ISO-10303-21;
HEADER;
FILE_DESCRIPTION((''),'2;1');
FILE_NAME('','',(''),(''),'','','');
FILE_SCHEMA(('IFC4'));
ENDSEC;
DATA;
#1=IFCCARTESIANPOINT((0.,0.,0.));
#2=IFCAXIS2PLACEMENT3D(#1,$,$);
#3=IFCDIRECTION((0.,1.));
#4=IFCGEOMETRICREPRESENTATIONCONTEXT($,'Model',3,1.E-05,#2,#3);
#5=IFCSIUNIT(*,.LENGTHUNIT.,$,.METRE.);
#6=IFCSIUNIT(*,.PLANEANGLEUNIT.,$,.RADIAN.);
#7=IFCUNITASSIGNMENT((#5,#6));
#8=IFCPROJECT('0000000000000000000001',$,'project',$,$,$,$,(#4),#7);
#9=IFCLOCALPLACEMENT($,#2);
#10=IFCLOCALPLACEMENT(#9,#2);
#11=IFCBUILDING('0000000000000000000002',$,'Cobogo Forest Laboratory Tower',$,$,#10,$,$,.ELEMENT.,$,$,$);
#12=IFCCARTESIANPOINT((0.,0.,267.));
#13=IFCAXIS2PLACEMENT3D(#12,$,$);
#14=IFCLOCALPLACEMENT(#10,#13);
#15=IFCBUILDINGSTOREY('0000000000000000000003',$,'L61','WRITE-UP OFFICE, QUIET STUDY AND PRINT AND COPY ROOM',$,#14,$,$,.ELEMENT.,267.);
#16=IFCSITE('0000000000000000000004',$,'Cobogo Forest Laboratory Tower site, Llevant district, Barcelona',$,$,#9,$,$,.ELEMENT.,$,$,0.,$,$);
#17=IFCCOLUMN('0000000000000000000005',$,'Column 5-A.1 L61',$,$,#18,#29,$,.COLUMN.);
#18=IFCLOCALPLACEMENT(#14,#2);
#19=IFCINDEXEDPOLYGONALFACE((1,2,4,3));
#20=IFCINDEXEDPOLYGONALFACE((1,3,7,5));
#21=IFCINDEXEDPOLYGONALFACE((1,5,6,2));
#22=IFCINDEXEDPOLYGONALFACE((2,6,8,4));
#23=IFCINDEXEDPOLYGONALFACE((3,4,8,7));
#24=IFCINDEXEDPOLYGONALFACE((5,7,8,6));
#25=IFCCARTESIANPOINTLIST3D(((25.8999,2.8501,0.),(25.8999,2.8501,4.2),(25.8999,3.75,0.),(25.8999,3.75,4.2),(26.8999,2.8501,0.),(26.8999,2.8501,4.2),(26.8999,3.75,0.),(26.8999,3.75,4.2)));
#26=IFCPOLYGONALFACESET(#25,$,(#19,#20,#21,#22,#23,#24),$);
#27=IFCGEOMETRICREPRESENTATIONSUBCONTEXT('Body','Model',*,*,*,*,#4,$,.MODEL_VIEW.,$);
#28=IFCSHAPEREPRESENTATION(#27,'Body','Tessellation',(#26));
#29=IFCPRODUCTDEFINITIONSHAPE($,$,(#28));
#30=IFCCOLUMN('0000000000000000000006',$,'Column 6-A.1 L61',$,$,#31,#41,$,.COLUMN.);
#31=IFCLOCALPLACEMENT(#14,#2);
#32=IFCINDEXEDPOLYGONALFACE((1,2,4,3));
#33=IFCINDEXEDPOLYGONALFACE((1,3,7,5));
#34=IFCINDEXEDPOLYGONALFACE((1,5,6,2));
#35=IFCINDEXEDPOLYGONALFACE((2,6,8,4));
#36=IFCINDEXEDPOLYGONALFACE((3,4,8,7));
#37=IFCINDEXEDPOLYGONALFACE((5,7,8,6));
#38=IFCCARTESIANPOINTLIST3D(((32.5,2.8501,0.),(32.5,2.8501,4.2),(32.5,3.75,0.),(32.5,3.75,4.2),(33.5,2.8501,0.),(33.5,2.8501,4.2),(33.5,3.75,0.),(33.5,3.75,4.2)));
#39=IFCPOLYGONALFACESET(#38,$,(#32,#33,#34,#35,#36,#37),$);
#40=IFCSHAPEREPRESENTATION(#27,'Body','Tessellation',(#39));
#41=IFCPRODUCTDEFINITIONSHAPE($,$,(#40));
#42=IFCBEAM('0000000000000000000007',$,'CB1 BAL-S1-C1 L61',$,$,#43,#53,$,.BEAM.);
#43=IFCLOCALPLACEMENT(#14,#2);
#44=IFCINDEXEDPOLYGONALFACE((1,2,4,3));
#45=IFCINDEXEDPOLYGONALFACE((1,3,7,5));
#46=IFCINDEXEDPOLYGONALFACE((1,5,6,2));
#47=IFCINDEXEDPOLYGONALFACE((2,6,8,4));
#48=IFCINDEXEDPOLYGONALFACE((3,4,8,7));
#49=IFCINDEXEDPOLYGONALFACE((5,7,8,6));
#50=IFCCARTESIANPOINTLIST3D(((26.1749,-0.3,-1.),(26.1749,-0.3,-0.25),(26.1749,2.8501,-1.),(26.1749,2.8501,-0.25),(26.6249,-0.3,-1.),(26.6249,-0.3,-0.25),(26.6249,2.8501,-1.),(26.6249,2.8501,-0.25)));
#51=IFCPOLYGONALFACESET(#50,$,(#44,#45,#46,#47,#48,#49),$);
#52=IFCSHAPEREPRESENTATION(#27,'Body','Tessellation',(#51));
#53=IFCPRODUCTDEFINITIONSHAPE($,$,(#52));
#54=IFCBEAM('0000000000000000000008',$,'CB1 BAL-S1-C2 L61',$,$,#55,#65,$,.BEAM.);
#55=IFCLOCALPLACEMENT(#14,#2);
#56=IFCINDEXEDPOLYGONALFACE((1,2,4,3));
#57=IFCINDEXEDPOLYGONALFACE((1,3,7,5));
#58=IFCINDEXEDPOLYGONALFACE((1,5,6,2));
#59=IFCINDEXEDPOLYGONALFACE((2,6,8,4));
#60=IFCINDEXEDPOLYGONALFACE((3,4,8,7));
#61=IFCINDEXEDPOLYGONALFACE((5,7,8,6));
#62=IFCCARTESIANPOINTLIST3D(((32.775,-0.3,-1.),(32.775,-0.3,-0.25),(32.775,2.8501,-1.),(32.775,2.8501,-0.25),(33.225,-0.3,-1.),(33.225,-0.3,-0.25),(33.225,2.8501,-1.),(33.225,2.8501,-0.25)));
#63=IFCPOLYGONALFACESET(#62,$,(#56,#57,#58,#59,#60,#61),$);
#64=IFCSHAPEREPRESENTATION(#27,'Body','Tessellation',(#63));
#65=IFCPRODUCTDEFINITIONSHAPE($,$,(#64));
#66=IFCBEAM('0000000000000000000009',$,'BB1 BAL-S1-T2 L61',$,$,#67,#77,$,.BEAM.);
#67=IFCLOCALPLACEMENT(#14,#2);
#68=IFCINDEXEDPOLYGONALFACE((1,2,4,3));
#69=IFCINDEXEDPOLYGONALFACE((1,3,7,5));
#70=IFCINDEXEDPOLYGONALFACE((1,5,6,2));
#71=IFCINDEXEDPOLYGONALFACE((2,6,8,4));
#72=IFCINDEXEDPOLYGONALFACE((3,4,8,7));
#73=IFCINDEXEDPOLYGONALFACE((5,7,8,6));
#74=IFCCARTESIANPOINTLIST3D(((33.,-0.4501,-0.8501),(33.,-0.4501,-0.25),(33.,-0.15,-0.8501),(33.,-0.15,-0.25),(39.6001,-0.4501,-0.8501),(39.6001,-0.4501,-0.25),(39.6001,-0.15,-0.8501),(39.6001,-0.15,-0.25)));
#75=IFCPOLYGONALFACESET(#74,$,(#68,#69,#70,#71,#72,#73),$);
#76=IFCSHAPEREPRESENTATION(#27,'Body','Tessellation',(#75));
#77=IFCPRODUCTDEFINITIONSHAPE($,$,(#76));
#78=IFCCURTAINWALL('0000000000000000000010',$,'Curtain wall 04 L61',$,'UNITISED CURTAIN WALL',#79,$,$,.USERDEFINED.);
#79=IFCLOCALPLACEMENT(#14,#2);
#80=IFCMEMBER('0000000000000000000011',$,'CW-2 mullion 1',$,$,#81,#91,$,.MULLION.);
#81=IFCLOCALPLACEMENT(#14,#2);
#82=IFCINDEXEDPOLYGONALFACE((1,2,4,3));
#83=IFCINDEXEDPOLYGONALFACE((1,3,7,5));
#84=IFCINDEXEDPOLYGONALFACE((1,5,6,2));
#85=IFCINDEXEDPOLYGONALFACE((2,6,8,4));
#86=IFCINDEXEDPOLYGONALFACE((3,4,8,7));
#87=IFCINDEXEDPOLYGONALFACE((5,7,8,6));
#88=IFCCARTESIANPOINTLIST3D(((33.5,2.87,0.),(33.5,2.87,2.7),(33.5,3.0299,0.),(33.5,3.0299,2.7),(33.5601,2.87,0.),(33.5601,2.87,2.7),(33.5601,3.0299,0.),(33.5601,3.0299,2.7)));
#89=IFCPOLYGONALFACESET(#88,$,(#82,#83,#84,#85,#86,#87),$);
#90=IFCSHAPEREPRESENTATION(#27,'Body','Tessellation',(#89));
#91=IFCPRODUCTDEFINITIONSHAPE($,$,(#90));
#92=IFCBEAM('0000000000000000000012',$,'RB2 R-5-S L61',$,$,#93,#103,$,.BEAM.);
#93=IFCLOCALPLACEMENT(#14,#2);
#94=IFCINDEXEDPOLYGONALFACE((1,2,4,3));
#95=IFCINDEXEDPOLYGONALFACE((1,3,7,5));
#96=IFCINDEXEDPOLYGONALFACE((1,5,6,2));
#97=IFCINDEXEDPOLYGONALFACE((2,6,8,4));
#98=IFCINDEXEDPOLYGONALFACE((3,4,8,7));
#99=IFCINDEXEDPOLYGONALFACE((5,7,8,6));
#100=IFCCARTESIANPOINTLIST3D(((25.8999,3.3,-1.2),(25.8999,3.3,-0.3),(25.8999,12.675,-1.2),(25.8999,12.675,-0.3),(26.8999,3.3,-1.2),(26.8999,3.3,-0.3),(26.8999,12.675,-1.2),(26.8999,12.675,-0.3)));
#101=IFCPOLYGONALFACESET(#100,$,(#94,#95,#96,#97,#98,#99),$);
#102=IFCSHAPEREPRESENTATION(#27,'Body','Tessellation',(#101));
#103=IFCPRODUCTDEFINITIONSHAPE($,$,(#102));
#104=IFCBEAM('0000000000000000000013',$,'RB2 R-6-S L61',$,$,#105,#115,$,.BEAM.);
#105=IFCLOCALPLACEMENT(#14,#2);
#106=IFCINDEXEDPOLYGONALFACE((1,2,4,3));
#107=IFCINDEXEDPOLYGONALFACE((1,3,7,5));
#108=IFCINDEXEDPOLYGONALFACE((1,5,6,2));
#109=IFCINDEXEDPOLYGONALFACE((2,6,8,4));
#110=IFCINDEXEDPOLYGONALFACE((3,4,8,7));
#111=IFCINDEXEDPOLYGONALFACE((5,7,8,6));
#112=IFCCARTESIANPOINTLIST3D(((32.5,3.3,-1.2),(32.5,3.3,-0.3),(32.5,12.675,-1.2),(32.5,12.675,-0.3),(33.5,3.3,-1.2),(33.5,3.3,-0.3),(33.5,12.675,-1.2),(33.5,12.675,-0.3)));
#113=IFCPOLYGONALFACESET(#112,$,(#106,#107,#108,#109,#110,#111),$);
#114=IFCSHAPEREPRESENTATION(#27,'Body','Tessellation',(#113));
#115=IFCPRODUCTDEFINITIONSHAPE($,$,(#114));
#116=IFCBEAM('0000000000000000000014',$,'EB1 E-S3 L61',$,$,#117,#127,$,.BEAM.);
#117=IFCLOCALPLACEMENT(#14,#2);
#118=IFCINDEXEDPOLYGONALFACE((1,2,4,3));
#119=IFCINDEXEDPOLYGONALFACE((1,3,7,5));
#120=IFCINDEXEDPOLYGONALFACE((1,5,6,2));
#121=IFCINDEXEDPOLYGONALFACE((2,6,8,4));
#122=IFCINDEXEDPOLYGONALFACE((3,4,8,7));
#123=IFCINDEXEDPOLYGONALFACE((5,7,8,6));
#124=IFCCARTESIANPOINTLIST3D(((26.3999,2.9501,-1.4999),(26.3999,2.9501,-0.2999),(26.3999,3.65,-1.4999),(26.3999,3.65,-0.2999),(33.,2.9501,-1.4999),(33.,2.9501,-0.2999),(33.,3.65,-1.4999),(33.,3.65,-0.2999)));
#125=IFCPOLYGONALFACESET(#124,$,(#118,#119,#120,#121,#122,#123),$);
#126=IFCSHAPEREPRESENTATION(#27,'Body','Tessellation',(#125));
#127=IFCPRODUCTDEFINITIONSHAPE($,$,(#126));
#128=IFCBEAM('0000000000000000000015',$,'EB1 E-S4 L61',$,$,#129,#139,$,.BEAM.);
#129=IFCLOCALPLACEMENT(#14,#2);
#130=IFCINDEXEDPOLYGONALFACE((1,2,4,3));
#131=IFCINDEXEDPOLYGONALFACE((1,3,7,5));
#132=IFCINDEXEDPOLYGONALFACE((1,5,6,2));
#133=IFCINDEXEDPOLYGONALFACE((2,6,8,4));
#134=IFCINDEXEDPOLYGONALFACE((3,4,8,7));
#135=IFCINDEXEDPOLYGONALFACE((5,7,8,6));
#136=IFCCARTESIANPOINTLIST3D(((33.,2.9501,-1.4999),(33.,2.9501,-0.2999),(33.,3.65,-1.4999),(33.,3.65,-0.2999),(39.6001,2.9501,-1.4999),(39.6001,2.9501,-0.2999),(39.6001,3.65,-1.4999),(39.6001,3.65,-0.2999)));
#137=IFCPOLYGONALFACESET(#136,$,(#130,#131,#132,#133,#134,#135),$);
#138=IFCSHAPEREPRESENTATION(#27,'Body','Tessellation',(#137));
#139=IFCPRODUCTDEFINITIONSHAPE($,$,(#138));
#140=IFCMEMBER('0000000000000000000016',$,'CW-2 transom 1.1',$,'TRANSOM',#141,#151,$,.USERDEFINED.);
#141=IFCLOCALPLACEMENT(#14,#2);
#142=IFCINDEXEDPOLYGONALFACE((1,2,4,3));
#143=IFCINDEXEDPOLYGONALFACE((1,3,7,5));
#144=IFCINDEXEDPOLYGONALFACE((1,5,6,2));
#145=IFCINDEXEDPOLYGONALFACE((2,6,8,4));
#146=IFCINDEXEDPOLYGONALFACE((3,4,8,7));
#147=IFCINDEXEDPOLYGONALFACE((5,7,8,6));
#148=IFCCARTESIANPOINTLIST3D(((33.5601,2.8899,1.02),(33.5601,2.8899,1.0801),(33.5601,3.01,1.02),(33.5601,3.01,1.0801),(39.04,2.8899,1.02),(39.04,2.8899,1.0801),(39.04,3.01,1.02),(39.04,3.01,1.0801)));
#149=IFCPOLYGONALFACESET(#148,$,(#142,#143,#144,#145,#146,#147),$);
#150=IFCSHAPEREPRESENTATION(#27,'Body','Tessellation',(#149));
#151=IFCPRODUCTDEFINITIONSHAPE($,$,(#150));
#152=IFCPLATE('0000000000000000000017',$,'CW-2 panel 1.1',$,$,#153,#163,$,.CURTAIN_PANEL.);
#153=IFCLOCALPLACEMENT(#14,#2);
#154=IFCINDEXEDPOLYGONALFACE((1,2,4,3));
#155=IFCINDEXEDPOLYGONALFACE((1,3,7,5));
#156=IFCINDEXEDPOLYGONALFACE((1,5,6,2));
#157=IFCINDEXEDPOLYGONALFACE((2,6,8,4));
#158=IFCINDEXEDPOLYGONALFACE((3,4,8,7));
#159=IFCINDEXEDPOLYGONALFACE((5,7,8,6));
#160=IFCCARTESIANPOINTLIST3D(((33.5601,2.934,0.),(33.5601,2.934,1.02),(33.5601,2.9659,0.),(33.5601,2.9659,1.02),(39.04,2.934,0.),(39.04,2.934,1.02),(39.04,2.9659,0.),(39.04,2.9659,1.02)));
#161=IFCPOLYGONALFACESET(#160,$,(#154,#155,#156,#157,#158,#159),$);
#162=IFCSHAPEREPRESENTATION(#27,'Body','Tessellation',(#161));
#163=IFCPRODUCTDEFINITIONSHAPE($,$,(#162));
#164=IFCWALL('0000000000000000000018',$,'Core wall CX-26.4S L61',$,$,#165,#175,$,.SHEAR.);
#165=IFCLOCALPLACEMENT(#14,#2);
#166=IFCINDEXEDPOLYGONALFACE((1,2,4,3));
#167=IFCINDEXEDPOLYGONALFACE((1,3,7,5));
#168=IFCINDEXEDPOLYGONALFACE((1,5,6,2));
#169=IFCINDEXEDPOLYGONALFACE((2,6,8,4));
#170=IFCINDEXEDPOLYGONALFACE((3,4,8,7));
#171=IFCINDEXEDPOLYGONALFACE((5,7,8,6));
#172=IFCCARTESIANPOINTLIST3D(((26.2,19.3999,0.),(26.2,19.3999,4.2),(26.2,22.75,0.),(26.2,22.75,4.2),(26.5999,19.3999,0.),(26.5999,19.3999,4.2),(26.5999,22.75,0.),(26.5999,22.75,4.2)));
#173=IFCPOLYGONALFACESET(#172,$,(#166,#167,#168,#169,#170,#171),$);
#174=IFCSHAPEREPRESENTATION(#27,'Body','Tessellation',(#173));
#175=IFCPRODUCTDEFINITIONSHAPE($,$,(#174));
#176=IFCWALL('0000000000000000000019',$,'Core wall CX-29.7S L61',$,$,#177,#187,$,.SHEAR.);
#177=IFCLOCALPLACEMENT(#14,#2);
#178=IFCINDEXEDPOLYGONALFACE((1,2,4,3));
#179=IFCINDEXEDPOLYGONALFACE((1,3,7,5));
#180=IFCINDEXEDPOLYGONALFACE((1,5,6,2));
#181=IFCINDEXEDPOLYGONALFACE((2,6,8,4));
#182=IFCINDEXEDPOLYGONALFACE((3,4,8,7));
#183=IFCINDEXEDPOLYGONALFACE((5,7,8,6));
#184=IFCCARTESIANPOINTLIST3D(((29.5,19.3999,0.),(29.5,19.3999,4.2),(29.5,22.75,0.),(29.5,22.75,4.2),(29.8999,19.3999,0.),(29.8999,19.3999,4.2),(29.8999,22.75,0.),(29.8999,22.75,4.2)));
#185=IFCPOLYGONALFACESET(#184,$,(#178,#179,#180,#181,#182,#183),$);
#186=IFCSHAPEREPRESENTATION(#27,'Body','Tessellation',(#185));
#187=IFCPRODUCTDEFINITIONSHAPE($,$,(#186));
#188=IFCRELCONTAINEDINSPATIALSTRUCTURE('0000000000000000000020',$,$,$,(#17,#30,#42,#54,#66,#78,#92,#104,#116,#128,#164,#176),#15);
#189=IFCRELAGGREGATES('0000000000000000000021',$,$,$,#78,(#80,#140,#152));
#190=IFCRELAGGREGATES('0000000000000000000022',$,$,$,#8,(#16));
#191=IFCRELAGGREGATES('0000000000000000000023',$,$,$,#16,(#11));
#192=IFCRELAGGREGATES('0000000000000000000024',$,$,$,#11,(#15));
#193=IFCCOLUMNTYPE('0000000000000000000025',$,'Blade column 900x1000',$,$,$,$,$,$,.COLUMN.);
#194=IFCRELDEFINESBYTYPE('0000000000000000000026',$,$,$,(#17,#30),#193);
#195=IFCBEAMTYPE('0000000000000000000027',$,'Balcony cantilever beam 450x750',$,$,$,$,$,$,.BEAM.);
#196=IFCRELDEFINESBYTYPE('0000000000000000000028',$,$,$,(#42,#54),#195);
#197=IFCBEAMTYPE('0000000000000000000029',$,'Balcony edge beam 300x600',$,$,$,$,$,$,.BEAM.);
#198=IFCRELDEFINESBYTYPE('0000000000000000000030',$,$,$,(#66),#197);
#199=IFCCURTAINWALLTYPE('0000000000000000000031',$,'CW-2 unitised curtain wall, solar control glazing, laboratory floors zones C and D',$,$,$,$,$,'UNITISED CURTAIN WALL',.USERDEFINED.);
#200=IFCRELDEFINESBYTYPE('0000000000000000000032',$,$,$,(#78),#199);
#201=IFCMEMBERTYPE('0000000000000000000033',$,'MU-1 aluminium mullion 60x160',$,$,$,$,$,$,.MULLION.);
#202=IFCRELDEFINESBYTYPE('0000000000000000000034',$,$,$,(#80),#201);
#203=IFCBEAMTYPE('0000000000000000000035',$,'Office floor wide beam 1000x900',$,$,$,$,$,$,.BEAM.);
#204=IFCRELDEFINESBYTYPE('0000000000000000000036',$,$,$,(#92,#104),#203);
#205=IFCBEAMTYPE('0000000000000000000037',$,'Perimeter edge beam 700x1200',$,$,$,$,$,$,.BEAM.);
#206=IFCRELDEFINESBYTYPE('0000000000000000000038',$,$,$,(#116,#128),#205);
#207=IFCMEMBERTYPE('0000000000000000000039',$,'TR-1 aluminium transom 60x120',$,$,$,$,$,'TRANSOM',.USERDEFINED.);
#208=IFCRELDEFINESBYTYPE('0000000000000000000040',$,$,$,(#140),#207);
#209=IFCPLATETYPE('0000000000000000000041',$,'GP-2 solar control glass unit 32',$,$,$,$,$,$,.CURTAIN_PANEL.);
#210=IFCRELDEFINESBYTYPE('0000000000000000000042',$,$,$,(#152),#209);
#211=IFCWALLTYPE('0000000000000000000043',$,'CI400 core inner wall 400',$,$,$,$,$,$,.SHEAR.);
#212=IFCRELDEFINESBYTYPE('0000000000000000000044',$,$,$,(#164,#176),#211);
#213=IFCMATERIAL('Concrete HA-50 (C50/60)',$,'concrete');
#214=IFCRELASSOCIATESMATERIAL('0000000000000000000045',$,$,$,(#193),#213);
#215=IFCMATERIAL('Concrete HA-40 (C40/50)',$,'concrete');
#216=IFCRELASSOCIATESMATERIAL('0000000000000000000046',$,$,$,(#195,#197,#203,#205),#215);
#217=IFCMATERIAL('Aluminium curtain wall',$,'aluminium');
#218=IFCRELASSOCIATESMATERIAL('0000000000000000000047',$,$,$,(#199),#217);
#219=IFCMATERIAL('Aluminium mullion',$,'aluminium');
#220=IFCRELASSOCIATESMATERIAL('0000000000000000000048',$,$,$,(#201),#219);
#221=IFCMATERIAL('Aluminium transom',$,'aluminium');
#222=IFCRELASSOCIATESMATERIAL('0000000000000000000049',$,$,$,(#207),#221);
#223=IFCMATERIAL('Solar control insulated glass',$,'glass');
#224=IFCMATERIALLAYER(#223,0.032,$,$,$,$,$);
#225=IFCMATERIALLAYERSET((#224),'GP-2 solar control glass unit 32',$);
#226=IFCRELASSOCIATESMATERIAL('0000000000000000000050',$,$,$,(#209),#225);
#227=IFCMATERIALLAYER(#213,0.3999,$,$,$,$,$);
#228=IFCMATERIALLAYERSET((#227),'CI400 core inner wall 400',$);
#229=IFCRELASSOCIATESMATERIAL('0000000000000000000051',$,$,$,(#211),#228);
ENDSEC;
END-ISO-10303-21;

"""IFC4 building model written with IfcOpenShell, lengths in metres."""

from ifc_helpers import new_model, si_unit, direction, frame, frame_2d, origin, origin_2d, place, context, subcontext, project, spatial, rectangle, extrude, material, layer, layer_set, material_profile, profile_set, type_object, element, aggregate, save


model = new_model("IFC4")

# Units and contexts
model_context = context("Model", 3, precision=1e-05, world=origin(), true_north=direction((0.0, 1.0)))
body_context = subcontext(model_context, "Body", "Model", "MODEL_VIEW")
ifc_project = project(units=[si_unit("LENGTHUNIT", "METRE"), si_unit("PLANEANGLEUNIT", "RADIAN")], contexts=[model_context])

# Site, building, storey
site_placement = place(None, origin())
site = spatial("IfcSite", under=ifc_project, at=site_placement, Name="Cobogo Forest Laboratory Tower site, Llevant district, Barcelona", CompositionType="ELEMENT", RefElevation=0.0)
building_placement = place(site_placement, origin())
building = spatial("IfcBuilding", under=site, at=building_placement, Name="Cobogo Forest Laboratory Tower", CompositionType="ELEMENT")
storey_placement = place(building_placement, frame((0.0, 0.0, 267.0)))
storey = spatial("IfcBuildingStorey", under=building, at=storey_placement, Name="L61", Description="WRITE-UP OFFICE, QUIET STUDY AND PRINT AND COPY ROOM", CompositionType="ELEMENT", Elevation=267.0)

# Columns
ifc_material_1 = material(Name="Concrete HA-50 (C50/60)", Category="concrete")
ifc_material_profile_1 = material_profile(ifc_material_1, rectangle(XDim=1.0, YDim=0.8999, at=origin_2d()), Name="RC 900x1000")
ifc_profile_set_1 = profile_set([ifc_material_profile_1], Name="Concrete HA-50 (C50/60)")
column_type = type_object("IfcColumnType", Name="Blade column 900x1000", PredefinedType="COLUMN", material=ifc_profile_set_1)
for number, where, z_axis, x_axis, name in (
    (1, (26.3999, 3.3, 0.0), (0.0, 0.0, 1.0), (1.0, 0.0, 0.0), "Column 5-A.1 L61"),
    (2, (33.0, 3.3, 0.0), (0.0, 0.0, 1.0), (1.0, 0.0, 0.0), "Column 6-A.1 L61"),
):
    element("IfcColumn", number, at=place(storey_placement, frame(where, z_axis=z_axis, x_axis=x_axis)), inside=storey, type_object=column_type, Name=name, PredefinedType="COLUMN", context=body_context, shape_type="SweptSolid", body=[
        extrude(rectangle(XDim=1.0, YDim=0.8999, at=origin_2d()), origin(), (0.0, 0.0, 1.0), 4.2),
    ])

# Beams
ifc_material_2 = material(Name="Concrete HA-40 (C40/50)", Category="concrete")
ifc_material_profile_2 = material_profile(ifc_material_2, rectangle(XDim=0.45, YDim=0.75, at=origin_2d()), Name="RC 450x750")
ifc_profile_set_2 = profile_set([ifc_material_profile_2], Name="Concrete HA-40 (C40/50)")
beam_type_1 = type_object("IfcBeamType", Name="Balcony cantilever beam 450x750", PredefinedType="BEAM", material=ifc_profile_set_2)
for number, where, z_axis, x_axis, name in (
    (3, (26.3999, 2.8501, -0.625), (0.0, -1.0, 0.0), (1.0, 0.0, 0.0), "CB1 BAL-S1-C1 L61"),
    (4, (33.0, 2.8501, -0.625), (0.0, -1.0, 0.0), (1.0, 0.0, 0.0), "CB1 BAL-S1-C2 L61"),
):
    element("IfcBeam", number, at=place(storey_placement, frame(where, z_axis=z_axis, x_axis=x_axis)), inside=storey, type_object=beam_type_1, Name=name, PredefinedType="BEAM", context=body_context, shape_type="SweptSolid", body=[
        extrude(rectangle(XDim=0.45, YDim=0.75, at=origin_2d()), origin(), (0.0, 0.0, 1.0), 3.1501),
    ])
ifc_material_profile_3 = material_profile(ifc_material_2, rectangle(XDim=0.3, YDim=0.6001, at=origin_2d()), Name="RC 300x600")
ifc_profile_set_3 = profile_set([ifc_material_profile_3], Name="Concrete HA-40 (C40/50)")
beam_type_2 = type_object("IfcBeamType", Name="Balcony edge beam 300x600", PredefinedType="BEAM", material=ifc_profile_set_3)
beam_placement = place(storey_placement, frame((33.0, -0.3, -0.55), z_axis=(1.0, 0.0, 0.0), x_axis=(0.0, 1.0, 0.0)))
element("IfcBeam", 5, at=beam_placement, inside=storey, type_object=beam_type_2, Name="BB1 BAL-S1-T2 L61", PredefinedType="BEAM", context=body_context, shape_type="SweptSolid", body=[
    extrude(rectangle(XDim=0.3, YDim=0.6001, at=origin_2d()), origin(), (0.0, 0.0, 1.0), 6.6001),
])

# Curtain wall, member
ifc_material_3 = material(Name="Aluminium curtain wall", Category="aluminium")
curtain_wall_type = type_object("IfcCurtainWallType", Name="CW-2 unitised curtain wall, solar control glazing, laboratory floors zones C and D", ElementType="UNITISED CURTAIN WALL", PredefinedType="USERDEFINED", material=ifc_material_3)
curtain_wall_placement = place(storey_placement, origin())
curtain_wall = element("IfcCurtainWall", 6, at=curtain_wall_placement, inside=storey, type_object=curtain_wall_type, Name="Curtain wall 04 L61", ObjectType="UNITISED CURTAIN WALL", PredefinedType="USERDEFINED")
ifc_material_4 = material(Name="Aluminium mullion", Category="aluminium")
ifc_material_profile_4 = material_profile(ifc_material_4, rectangle(XDim=0.0601, YDim=0.1599, at=origin_2d()), Name="AL 60x160")
ifc_profile_set_4 = profile_set([ifc_material_profile_4], Name="Aluminium mullion")
member_type_1 = type_object("IfcMemberType", Name="MU-1 aluminium mullion 60x160", PredefinedType="MULLION", material=ifc_profile_set_4)
member_1_placement = place(storey_placement, frame((33.53, 2.95, 0.0), z_axis=(0.0, 0.0, 1.0), x_axis=(1.0, 0.0, 0.0)))
member_1 = element("IfcMember", 7, at=member_1_placement, type_object=member_type_1, Name="CW-2 mullion 1", PredefinedType="MULLION", context=body_context, shape_type="SweptSolid", body=[
    extrude(rectangle(XDim=0.0601, YDim=0.1599, at=origin_2d()), origin(), (0.0, 0.0, 1.0), 2.7),
])

# Beams
ifc_material_profile_5 = material_profile(ifc_material_2, rectangle(XDim=1.0, YDim=0.8999, at=origin_2d()), Name="RC 1000x900")
ifc_profile_set_5 = profile_set([ifc_material_profile_5], Name="Concrete HA-40 (C40/50)")
beam_type_3 = type_object("IfcBeamType", Name="Office floor wide beam 1000x900", PredefinedType="BEAM", material=ifc_profile_set_5)
for number, where, z_axis, x_axis, name in (
    (8, (26.3999, 12.675, -0.75), (0.0, -1.0, 0.0), (1.0, 0.0, 0.0), "RB2 R-5-S L61"),
    (9, (33.0, 12.675, -0.75), (0.0, -1.0, 0.0), (1.0, 0.0, 0.0), "RB2 R-6-S L61"),
):
    element("IfcBeam", number, at=place(storey_placement, frame(where, z_axis=z_axis, x_axis=x_axis)), inside=storey, type_object=beam_type_3, Name=name, PredefinedType="BEAM", context=body_context, shape_type="SweptSolid", body=[
        extrude(rectangle(XDim=1.0, YDim=0.8999, at=origin_2d()), origin(), (0.0, 0.0, 1.0), 9.375),
    ])
ifc_material_profile_6 = material_profile(ifc_material_2, rectangle(XDim=0.7, YDim=1.2, at=origin_2d()), Name="RC 700x1200")
ifc_profile_set_6 = profile_set([ifc_material_profile_6], Name="Concrete HA-40 (C40/50)")
beam_type_4 = type_object("IfcBeamType", Name="Perimeter edge beam 700x1200", PredefinedType="BEAM", material=ifc_profile_set_6)
for number, where, z_axis, x_axis, name in (
    (10, (26.3999, 3.3, -0.8999), (1.0, 0.0, 0.0), (0.0, 1.0, 0.0), "EB1 E-S3 L61"),
    (11, (33.0, 3.3, -0.8999), (1.0, 0.0, 0.0), (0.0, 1.0, 0.0), "EB1 E-S4 L61"),
):
    element("IfcBeam", number, at=place(storey_placement, frame(where, z_axis=z_axis, x_axis=x_axis)), inside=storey, type_object=beam_type_4, Name=name, PredefinedType="BEAM", context=body_context, shape_type="SweptSolid", body=[
        extrude(rectangle(XDim=0.7, YDim=1.2, at=origin_2d()), origin(), (0.0, 0.0, 1.0), 6.6001),
    ])

# Member
ifc_material_5 = material(Name="Aluminium transom", Category="aluminium")
ifc_material_profile_7 = material_profile(ifc_material_5, rectangle(XDim=0.1201, YDim=0.0601, at=origin_2d()), Name="AL 60x120")
ifc_profile_set_7 = profile_set([ifc_material_profile_7], Name="Aluminium transom")
member_type_2 = type_object("IfcMemberType", Name="TR-1 aluminium transom 60x120", ElementType="TRANSOM", PredefinedType="USERDEFINED", material=ifc_profile_set_7)
member_2_placement = place(storey_placement, frame((33.5601, 2.95, 1.05), z_axis=(1.0, 0.0, 0.0), x_axis=(0.0, 1.0, 0.0)))
member_2 = element("IfcMember", 12, at=member_2_placement, type_object=member_type_2, Name="CW-2 transom 1.1", ObjectType="TRANSOM", PredefinedType="USERDEFINED", context=body_context, shape_type="SweptSolid", body=[
    extrude(rectangle(XDim=0.1201, YDim=0.0601, at=origin_2d()), origin(), (0.0, 0.0, 1.0), 5.48),
])

# Plate
ifc_material_6 = material(Name="Solar control insulated glass", Category="glass")
ifc_layer_1 = layer(ifc_material_6, 0.032)
ifc_layer_set_1 = layer_set([ifc_layer_1], Name="GP-2 solar control glass unit 32")
plate_type = type_object("IfcPlateType", Name="GP-2 solar control glass unit 32", PredefinedType="CURTAIN_PANEL", material=ifc_layer_set_1)
plate_placement = place(storey_placement, frame((36.3, 2.95, 0.0), z_axis=(0.0, 0.0, 1.0), x_axis=(1.0, 0.0, 0.0)))
plate = element("IfcPlate", 13, at=plate_placement, type_object=plate_type, Name="CW-2 panel 1.1", PredefinedType="CURTAIN_PANEL", context=body_context, shape_type="SweptSolid", body=[
    extrude(rectangle(XDim=5.48, YDim=0.032, at=origin_2d()), origin(), (0.0, 0.0, 1.0), 1.02),
])
aggregate(curtain_wall, [member_1, member_2, plate])

# Walls
ifc_layer_2 = layer(ifc_material_1, 0.3999)
ifc_layer_set_2 = layer_set([ifc_layer_2], Name="CI400 core inner wall 400")
wall_type_1 = type_object("IfcWallType", Name="CI400 core inner wall 400", PredefinedType="SHEAR", material=ifc_layer_set_2)
for number, where, z_axis, x_axis, name in (
    (14, (26.3999, 19.3999, 0.0), (0.0, 0.0, 1.0), (0.0, 1.0, 0.0), "Core wall CX-26.4S L61"),
    (15, (29.7, 19.3999, 0.0), (0.0, 0.0, 1.0), (0.0, 1.0, 0.0), "Core wall CX-29.7S L61"),
):
    element("IfcWall", number, at=place(storey_placement, frame(where, z_axis=z_axis, x_axis=x_axis)), inside=storey, type_object=wall_type_1, Name=name, PredefinedType="SHEAR", context=body_context, shape_type="SweptSolid", body=[
        extrude(rectangle(XDim=3.3501, YDim=0.3999, at=frame_2d((1.675, 0.0))), origin(), (0.0, 0.0, 1.0), 4.2),
    ])

save(model, "model.ifc")
